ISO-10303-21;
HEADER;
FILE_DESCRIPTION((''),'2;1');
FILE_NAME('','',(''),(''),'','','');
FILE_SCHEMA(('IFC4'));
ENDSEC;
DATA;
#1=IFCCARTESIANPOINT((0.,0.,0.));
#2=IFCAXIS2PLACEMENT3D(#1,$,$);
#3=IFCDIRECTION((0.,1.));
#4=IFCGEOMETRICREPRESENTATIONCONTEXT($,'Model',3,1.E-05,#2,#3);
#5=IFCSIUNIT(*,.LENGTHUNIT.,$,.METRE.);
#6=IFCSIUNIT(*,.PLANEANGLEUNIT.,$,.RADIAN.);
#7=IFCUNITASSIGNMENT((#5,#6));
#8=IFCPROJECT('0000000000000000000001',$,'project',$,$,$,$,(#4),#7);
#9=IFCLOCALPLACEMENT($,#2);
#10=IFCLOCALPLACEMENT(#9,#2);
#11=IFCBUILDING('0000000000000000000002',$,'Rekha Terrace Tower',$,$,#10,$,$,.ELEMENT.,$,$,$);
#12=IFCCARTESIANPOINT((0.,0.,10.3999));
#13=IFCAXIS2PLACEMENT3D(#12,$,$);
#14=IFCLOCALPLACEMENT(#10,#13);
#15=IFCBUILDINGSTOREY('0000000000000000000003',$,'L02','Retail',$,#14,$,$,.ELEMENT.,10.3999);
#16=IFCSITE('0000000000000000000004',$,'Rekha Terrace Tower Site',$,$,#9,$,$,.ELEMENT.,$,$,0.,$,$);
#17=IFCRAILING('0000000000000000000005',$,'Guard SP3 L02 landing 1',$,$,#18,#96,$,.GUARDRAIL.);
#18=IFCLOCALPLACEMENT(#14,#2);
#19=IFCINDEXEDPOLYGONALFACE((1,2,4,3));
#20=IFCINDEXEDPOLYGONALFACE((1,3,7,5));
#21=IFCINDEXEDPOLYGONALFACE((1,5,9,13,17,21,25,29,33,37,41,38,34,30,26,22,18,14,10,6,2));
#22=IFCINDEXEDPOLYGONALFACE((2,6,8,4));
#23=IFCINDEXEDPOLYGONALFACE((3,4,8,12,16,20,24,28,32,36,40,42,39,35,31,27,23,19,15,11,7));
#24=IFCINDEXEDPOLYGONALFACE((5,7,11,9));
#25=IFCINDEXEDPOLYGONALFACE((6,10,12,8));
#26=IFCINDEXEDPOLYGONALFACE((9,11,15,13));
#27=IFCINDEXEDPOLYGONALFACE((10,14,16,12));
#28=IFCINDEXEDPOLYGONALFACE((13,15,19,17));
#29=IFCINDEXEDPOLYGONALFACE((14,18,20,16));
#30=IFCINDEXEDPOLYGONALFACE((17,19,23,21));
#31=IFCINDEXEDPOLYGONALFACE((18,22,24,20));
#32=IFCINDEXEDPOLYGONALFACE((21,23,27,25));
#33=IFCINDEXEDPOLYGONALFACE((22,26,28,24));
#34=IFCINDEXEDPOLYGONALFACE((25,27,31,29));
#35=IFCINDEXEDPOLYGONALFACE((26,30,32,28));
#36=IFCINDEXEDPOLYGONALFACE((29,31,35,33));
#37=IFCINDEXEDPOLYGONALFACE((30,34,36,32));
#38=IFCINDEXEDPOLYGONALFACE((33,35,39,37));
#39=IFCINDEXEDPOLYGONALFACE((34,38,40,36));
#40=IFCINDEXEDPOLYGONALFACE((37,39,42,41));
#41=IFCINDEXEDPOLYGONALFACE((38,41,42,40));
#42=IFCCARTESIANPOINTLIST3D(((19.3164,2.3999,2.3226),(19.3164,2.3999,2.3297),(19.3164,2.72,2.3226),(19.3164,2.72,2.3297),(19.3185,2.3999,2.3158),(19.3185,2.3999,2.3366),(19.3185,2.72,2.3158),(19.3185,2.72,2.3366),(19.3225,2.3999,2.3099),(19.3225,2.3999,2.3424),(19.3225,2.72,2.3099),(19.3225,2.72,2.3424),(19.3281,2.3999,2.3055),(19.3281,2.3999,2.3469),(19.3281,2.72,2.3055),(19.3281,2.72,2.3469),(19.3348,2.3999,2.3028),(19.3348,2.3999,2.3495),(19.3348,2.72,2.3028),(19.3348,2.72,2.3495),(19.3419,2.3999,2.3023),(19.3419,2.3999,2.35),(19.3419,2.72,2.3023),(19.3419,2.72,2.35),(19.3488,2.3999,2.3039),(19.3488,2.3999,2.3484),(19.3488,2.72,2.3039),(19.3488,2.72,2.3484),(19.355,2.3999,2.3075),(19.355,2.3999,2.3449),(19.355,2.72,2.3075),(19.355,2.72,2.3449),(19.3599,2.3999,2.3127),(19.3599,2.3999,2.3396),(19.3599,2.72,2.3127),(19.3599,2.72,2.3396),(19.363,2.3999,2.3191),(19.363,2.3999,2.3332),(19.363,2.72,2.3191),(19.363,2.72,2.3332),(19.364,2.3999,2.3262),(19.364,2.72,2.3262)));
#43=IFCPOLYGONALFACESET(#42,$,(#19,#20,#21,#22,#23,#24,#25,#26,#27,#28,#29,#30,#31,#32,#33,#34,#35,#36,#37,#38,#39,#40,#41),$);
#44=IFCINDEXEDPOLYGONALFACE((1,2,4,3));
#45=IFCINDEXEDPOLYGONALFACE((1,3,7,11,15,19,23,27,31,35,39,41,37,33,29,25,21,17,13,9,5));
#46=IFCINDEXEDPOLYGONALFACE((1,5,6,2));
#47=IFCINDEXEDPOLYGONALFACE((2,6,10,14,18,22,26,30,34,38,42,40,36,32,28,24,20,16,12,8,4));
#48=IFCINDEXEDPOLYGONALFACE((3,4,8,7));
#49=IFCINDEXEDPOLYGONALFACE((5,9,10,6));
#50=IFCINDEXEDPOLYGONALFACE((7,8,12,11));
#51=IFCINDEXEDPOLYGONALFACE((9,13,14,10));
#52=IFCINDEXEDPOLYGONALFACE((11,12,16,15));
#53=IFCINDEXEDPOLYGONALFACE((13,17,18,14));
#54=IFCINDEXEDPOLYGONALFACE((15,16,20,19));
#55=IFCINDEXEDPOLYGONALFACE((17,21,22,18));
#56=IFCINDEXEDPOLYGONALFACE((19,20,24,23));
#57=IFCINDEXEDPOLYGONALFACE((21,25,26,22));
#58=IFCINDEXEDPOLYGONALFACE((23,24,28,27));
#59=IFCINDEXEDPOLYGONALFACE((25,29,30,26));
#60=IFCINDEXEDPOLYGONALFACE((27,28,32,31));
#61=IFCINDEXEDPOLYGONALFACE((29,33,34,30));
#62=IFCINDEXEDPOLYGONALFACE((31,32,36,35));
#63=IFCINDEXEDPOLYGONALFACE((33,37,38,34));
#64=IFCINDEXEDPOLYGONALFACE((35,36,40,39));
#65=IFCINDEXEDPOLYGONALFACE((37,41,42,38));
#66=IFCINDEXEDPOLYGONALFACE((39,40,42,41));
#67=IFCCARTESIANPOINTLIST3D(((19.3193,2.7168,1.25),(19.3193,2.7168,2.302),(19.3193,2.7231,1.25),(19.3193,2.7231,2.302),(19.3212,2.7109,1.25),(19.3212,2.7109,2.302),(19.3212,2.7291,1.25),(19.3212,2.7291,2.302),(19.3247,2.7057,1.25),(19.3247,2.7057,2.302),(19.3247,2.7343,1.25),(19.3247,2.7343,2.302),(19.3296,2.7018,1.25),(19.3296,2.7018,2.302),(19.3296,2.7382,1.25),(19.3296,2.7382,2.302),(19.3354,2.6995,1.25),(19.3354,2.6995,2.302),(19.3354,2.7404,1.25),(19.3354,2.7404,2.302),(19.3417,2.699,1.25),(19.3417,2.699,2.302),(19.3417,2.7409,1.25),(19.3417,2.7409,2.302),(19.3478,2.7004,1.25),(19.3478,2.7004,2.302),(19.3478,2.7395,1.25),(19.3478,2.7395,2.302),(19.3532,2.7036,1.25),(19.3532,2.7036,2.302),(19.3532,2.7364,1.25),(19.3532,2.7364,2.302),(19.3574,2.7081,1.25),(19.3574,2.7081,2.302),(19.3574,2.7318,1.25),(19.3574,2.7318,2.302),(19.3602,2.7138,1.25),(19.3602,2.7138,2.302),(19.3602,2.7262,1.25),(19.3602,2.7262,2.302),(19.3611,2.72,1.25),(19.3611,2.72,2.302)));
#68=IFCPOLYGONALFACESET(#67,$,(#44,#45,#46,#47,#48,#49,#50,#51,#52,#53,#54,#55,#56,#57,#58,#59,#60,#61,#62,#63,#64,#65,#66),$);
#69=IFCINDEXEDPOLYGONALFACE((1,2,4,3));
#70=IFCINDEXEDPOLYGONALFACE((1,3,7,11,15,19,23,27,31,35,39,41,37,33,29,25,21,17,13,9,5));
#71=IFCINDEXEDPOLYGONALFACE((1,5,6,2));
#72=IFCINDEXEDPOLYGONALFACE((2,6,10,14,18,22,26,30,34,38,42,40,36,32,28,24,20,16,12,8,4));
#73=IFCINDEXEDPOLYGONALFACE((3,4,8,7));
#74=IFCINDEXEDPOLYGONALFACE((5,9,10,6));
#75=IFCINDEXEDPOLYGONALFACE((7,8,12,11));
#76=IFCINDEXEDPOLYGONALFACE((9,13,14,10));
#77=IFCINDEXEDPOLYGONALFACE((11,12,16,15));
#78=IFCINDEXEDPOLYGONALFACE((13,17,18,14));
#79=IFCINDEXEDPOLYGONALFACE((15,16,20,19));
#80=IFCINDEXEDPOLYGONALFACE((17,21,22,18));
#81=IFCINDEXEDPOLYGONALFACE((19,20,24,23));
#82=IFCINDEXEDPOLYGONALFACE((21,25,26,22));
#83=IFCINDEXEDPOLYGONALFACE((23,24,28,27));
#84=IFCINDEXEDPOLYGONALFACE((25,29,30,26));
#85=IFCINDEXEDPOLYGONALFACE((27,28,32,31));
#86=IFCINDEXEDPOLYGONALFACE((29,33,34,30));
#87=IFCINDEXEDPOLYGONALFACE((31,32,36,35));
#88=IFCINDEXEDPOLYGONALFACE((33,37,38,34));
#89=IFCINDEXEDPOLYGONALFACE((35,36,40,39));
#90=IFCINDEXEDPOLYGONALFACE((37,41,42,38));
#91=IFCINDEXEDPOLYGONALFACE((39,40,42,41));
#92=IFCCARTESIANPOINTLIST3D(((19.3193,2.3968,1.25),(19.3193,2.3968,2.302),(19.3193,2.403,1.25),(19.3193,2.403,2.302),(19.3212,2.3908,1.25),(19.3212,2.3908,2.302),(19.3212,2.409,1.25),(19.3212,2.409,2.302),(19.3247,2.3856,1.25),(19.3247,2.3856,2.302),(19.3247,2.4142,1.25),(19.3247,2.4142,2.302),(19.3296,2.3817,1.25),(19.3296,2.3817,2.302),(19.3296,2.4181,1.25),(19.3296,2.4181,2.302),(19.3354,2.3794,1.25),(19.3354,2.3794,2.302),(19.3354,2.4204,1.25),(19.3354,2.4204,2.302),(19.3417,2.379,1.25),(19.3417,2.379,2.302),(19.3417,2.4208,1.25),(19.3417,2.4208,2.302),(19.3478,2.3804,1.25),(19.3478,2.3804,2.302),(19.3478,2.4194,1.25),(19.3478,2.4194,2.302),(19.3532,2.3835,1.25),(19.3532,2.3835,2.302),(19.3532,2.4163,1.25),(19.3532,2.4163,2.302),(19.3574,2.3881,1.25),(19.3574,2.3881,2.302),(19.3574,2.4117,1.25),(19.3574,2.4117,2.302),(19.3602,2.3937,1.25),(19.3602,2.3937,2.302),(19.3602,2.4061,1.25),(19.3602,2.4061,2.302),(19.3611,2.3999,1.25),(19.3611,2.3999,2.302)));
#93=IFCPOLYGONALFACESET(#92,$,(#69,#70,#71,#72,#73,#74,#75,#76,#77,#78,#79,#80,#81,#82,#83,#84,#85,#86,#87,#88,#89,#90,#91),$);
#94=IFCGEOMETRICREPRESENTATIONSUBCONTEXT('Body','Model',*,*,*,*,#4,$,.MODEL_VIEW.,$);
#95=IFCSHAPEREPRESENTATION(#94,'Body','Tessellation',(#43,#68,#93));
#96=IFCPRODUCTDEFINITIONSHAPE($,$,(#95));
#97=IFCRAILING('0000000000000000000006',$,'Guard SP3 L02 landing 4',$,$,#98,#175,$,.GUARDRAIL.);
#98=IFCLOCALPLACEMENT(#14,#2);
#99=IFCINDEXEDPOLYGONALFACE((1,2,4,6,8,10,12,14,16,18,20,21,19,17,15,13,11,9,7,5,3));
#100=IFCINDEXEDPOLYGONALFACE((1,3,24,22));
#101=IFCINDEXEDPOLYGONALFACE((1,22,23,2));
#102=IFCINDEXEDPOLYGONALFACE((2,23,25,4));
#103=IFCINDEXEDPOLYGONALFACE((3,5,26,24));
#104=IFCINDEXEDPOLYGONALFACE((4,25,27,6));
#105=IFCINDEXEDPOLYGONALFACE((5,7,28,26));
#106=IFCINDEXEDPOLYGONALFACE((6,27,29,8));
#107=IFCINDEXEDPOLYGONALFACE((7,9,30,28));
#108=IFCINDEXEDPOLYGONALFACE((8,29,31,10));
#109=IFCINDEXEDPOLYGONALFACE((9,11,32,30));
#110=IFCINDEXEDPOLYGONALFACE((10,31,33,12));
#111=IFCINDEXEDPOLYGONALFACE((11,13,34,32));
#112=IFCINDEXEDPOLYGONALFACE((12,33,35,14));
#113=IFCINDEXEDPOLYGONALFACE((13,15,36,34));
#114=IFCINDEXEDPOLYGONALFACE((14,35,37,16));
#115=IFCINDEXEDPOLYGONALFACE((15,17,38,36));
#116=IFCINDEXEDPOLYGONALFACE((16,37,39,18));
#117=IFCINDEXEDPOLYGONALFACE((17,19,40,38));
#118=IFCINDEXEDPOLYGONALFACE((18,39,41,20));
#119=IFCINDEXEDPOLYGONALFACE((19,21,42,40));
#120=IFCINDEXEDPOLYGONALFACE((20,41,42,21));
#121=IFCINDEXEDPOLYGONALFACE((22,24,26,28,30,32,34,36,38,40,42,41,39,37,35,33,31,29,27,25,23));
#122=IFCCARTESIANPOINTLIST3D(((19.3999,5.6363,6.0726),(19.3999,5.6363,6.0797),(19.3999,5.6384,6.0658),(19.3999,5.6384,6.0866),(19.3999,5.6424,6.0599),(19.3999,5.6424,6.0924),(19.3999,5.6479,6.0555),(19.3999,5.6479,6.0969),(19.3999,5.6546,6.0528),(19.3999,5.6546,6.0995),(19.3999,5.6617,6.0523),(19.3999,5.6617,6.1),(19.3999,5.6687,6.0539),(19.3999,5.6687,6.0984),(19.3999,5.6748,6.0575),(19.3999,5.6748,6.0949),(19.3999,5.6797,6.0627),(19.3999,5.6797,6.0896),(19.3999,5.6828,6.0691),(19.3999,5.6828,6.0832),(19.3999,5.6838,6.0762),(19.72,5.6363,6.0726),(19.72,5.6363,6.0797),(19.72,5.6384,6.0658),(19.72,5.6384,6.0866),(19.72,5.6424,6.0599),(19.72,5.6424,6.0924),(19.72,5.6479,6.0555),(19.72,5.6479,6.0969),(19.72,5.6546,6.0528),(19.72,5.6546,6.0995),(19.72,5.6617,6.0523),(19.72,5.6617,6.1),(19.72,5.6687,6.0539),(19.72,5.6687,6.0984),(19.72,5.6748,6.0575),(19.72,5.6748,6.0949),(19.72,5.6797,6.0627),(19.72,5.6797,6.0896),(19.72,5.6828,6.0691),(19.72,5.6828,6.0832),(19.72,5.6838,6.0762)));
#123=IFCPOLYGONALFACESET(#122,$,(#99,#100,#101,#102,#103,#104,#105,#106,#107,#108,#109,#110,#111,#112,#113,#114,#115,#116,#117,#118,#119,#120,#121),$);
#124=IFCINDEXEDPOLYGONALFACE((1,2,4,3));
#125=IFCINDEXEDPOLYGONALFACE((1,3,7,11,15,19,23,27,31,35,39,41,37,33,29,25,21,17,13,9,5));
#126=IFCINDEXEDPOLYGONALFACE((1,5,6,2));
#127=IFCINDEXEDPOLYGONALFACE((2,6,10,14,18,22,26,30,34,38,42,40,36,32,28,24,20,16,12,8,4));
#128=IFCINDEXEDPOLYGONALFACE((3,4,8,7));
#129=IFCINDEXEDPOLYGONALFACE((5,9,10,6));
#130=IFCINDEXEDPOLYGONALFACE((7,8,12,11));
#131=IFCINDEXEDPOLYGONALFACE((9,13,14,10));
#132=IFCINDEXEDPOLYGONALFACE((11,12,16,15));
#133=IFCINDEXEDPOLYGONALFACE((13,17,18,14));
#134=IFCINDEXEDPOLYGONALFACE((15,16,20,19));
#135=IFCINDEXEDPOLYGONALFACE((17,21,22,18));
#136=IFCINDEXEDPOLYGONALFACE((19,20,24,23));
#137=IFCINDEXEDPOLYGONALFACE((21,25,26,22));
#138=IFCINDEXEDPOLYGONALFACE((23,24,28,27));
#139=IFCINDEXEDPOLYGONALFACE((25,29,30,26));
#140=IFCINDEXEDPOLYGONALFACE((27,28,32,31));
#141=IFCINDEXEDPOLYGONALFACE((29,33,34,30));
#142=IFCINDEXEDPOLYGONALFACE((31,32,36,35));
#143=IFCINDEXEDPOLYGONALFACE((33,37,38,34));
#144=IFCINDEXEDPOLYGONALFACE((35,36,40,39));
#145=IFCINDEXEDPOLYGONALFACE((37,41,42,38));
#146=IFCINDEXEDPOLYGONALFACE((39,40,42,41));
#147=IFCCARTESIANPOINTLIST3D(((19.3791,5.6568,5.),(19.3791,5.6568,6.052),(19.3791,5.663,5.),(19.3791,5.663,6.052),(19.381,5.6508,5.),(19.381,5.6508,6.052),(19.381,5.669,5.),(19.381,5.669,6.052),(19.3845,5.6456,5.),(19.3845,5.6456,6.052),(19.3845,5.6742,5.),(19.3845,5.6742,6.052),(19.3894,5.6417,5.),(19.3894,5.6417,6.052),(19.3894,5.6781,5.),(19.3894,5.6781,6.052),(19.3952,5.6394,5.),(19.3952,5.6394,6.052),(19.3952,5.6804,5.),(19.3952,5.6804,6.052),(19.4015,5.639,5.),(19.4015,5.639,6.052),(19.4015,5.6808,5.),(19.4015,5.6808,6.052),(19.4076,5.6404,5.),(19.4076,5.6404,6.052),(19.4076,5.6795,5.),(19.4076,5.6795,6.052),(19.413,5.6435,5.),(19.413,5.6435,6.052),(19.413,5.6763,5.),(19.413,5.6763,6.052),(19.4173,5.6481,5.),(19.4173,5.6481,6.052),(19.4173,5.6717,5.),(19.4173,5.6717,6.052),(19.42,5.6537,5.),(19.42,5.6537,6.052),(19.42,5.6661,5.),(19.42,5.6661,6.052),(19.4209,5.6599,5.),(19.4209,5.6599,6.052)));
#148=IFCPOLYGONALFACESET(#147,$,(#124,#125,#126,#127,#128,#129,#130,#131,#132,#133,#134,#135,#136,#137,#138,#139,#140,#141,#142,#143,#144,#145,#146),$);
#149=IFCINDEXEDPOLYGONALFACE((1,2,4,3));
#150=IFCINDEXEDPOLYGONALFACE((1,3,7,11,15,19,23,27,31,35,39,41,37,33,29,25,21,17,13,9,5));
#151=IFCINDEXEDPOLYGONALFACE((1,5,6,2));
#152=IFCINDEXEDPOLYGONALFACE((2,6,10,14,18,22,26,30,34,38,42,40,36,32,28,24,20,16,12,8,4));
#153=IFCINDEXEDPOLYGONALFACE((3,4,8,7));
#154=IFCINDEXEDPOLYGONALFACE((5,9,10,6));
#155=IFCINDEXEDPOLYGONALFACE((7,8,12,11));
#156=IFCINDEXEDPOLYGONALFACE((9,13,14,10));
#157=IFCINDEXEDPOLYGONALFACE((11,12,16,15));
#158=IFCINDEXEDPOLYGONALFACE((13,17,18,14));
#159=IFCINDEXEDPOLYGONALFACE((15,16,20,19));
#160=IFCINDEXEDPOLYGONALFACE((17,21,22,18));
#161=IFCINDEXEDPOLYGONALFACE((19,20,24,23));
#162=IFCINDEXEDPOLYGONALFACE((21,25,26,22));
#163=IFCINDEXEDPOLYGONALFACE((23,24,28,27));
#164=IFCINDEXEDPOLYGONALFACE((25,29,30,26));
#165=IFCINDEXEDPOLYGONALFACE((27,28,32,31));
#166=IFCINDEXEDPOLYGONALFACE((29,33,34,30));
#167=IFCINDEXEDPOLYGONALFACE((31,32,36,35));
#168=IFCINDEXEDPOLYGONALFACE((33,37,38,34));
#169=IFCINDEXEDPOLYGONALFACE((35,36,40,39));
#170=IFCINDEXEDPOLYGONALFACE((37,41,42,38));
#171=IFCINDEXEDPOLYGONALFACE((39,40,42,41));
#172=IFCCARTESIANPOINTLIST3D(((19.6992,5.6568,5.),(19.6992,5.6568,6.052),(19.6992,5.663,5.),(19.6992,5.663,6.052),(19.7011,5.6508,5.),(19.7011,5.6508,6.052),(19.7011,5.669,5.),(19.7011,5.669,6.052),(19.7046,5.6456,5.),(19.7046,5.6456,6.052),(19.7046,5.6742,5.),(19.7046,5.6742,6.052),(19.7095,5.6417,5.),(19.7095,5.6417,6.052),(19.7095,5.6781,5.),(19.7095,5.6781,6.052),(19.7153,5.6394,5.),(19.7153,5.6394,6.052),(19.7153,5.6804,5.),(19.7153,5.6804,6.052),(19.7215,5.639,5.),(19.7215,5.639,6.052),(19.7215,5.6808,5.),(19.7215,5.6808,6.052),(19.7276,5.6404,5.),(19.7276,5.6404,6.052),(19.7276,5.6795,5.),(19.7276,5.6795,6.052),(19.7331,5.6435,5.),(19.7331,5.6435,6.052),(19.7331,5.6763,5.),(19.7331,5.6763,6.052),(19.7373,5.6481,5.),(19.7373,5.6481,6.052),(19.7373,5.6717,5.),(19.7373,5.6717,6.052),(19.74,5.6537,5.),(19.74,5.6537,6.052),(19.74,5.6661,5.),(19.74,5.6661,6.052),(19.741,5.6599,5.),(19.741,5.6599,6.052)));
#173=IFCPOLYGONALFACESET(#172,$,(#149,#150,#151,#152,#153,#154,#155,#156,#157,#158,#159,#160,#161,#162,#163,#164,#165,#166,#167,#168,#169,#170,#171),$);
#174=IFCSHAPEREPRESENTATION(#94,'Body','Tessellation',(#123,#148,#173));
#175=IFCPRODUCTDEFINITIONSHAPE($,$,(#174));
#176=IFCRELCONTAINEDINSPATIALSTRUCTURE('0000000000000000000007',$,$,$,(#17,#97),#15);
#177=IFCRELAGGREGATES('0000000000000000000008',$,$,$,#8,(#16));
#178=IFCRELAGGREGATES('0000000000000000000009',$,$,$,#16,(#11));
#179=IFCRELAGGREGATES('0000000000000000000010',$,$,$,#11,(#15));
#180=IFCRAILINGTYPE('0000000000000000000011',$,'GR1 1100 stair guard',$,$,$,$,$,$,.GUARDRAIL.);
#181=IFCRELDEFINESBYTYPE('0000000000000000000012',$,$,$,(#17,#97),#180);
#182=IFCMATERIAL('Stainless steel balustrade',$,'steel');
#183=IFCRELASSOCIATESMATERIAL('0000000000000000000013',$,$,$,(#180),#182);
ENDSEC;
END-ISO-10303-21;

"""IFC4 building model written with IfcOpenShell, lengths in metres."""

from ifc_helpers import new_model, si_unit, direction, frame, origin, origin_2d, place, context, subcontext, project, spatial, circle, extrude, material, type_object, element, save


model = new_model("IFC4")

# Units and contexts
model_context = context("Model", 3, precision=1e-05, world=origin(), true_north=direction((0.0, 1.0)))
body_context = subcontext(model_context, "Body", "Model", "MODEL_VIEW")
ifc_project = project(units=[si_unit("LENGTHUNIT", "METRE"), si_unit("PLANEANGLEUNIT", "RADIAN")], contexts=[model_context])

# Site, building, storey
site_placement = place(None, origin())
site = spatial("IfcSite", under=ifc_project, at=site_placement, Name="Rekha Terrace Tower Site", CompositionType="ELEMENT", RefElevation=0.0)
building_placement = place(site_placement, origin())
building = spatial("IfcBuilding", under=site, at=building_placement, Name="Rekha Terrace Tower", CompositionType="ELEMENT")
storey_placement = place(building_placement, frame((0.0, 0.0, 10.3999)))
storey = spatial("IfcBuildingStorey", under=building, at=storey_placement, Name="L02", Description="Retail", CompositionType="ELEMENT", Elevation=10.3999)

# Railings
ifc_material_1 = material(Name="Stainless steel balustrade", Category="steel")
railing_type_1 = type_object("IfcRailingType", Name="GR1 1100 stair guard", PredefinedType="GUARDRAIL", material=ifc_material_1)
railing_1_placement = place(storey_placement, frame((19.3401, 2.72, 1.25)))
element("IfcRailing", 1, at=railing_1_placement, inside=storey, type_object=railing_type_1, Name="Guard SP3 L02 landing 1", PredefinedType="GUARDRAIL", context=body_context, shape_type="SweptSolid", body=[
    extrude(circle(Radius=0.0239, at=origin_2d()), frame((0.0, 0.0, 1.0762), z_axis=(0.0, -1.0, 0.0), x_axis=(1.0, 0.0, 0.0)), (0.0, 0.0, 1.0), 0.3201),
    extrude(circle(Radius=0.021, at=origin_2d()), origin(), (0.0, 0.0, 1.0), 1.052),
    extrude(circle(Radius=0.021, at=origin_2d()), frame((0.0, -0.3201, 0.0)), (0.0, 0.0, 1.0), 1.052),
])
railing_2_placement = place(storey_placement, frame((19.3999, 5.6599, 5.0)))
element("IfcRailing", 2, at=railing_2_placement, inside=storey, type_object=railing_type_1, Name="Guard SP3 L02 landing 4", PredefinedType="GUARDRAIL", context=body_context, shape_type="SweptSolid", body=[
    extrude(circle(Radius=0.0239, at=origin_2d()), frame((0.0, 0.0, 1.0762), z_axis=(1.0, 0.0, 0.0), x_axis=(0.0, 1.0, 0.0)), (0.0, 0.0, 1.0), 0.3201),
    extrude(circle(Radius=0.021, at=origin_2d()), origin(), (0.0, 0.0, 1.0), 1.052),
    extrude(circle(Radius=0.021, at=origin_2d()), frame((0.3201, 0.0, 0.0)), (0.0, 0.0, 1.0), 1.052),
])

save(model, "model.ifc")
